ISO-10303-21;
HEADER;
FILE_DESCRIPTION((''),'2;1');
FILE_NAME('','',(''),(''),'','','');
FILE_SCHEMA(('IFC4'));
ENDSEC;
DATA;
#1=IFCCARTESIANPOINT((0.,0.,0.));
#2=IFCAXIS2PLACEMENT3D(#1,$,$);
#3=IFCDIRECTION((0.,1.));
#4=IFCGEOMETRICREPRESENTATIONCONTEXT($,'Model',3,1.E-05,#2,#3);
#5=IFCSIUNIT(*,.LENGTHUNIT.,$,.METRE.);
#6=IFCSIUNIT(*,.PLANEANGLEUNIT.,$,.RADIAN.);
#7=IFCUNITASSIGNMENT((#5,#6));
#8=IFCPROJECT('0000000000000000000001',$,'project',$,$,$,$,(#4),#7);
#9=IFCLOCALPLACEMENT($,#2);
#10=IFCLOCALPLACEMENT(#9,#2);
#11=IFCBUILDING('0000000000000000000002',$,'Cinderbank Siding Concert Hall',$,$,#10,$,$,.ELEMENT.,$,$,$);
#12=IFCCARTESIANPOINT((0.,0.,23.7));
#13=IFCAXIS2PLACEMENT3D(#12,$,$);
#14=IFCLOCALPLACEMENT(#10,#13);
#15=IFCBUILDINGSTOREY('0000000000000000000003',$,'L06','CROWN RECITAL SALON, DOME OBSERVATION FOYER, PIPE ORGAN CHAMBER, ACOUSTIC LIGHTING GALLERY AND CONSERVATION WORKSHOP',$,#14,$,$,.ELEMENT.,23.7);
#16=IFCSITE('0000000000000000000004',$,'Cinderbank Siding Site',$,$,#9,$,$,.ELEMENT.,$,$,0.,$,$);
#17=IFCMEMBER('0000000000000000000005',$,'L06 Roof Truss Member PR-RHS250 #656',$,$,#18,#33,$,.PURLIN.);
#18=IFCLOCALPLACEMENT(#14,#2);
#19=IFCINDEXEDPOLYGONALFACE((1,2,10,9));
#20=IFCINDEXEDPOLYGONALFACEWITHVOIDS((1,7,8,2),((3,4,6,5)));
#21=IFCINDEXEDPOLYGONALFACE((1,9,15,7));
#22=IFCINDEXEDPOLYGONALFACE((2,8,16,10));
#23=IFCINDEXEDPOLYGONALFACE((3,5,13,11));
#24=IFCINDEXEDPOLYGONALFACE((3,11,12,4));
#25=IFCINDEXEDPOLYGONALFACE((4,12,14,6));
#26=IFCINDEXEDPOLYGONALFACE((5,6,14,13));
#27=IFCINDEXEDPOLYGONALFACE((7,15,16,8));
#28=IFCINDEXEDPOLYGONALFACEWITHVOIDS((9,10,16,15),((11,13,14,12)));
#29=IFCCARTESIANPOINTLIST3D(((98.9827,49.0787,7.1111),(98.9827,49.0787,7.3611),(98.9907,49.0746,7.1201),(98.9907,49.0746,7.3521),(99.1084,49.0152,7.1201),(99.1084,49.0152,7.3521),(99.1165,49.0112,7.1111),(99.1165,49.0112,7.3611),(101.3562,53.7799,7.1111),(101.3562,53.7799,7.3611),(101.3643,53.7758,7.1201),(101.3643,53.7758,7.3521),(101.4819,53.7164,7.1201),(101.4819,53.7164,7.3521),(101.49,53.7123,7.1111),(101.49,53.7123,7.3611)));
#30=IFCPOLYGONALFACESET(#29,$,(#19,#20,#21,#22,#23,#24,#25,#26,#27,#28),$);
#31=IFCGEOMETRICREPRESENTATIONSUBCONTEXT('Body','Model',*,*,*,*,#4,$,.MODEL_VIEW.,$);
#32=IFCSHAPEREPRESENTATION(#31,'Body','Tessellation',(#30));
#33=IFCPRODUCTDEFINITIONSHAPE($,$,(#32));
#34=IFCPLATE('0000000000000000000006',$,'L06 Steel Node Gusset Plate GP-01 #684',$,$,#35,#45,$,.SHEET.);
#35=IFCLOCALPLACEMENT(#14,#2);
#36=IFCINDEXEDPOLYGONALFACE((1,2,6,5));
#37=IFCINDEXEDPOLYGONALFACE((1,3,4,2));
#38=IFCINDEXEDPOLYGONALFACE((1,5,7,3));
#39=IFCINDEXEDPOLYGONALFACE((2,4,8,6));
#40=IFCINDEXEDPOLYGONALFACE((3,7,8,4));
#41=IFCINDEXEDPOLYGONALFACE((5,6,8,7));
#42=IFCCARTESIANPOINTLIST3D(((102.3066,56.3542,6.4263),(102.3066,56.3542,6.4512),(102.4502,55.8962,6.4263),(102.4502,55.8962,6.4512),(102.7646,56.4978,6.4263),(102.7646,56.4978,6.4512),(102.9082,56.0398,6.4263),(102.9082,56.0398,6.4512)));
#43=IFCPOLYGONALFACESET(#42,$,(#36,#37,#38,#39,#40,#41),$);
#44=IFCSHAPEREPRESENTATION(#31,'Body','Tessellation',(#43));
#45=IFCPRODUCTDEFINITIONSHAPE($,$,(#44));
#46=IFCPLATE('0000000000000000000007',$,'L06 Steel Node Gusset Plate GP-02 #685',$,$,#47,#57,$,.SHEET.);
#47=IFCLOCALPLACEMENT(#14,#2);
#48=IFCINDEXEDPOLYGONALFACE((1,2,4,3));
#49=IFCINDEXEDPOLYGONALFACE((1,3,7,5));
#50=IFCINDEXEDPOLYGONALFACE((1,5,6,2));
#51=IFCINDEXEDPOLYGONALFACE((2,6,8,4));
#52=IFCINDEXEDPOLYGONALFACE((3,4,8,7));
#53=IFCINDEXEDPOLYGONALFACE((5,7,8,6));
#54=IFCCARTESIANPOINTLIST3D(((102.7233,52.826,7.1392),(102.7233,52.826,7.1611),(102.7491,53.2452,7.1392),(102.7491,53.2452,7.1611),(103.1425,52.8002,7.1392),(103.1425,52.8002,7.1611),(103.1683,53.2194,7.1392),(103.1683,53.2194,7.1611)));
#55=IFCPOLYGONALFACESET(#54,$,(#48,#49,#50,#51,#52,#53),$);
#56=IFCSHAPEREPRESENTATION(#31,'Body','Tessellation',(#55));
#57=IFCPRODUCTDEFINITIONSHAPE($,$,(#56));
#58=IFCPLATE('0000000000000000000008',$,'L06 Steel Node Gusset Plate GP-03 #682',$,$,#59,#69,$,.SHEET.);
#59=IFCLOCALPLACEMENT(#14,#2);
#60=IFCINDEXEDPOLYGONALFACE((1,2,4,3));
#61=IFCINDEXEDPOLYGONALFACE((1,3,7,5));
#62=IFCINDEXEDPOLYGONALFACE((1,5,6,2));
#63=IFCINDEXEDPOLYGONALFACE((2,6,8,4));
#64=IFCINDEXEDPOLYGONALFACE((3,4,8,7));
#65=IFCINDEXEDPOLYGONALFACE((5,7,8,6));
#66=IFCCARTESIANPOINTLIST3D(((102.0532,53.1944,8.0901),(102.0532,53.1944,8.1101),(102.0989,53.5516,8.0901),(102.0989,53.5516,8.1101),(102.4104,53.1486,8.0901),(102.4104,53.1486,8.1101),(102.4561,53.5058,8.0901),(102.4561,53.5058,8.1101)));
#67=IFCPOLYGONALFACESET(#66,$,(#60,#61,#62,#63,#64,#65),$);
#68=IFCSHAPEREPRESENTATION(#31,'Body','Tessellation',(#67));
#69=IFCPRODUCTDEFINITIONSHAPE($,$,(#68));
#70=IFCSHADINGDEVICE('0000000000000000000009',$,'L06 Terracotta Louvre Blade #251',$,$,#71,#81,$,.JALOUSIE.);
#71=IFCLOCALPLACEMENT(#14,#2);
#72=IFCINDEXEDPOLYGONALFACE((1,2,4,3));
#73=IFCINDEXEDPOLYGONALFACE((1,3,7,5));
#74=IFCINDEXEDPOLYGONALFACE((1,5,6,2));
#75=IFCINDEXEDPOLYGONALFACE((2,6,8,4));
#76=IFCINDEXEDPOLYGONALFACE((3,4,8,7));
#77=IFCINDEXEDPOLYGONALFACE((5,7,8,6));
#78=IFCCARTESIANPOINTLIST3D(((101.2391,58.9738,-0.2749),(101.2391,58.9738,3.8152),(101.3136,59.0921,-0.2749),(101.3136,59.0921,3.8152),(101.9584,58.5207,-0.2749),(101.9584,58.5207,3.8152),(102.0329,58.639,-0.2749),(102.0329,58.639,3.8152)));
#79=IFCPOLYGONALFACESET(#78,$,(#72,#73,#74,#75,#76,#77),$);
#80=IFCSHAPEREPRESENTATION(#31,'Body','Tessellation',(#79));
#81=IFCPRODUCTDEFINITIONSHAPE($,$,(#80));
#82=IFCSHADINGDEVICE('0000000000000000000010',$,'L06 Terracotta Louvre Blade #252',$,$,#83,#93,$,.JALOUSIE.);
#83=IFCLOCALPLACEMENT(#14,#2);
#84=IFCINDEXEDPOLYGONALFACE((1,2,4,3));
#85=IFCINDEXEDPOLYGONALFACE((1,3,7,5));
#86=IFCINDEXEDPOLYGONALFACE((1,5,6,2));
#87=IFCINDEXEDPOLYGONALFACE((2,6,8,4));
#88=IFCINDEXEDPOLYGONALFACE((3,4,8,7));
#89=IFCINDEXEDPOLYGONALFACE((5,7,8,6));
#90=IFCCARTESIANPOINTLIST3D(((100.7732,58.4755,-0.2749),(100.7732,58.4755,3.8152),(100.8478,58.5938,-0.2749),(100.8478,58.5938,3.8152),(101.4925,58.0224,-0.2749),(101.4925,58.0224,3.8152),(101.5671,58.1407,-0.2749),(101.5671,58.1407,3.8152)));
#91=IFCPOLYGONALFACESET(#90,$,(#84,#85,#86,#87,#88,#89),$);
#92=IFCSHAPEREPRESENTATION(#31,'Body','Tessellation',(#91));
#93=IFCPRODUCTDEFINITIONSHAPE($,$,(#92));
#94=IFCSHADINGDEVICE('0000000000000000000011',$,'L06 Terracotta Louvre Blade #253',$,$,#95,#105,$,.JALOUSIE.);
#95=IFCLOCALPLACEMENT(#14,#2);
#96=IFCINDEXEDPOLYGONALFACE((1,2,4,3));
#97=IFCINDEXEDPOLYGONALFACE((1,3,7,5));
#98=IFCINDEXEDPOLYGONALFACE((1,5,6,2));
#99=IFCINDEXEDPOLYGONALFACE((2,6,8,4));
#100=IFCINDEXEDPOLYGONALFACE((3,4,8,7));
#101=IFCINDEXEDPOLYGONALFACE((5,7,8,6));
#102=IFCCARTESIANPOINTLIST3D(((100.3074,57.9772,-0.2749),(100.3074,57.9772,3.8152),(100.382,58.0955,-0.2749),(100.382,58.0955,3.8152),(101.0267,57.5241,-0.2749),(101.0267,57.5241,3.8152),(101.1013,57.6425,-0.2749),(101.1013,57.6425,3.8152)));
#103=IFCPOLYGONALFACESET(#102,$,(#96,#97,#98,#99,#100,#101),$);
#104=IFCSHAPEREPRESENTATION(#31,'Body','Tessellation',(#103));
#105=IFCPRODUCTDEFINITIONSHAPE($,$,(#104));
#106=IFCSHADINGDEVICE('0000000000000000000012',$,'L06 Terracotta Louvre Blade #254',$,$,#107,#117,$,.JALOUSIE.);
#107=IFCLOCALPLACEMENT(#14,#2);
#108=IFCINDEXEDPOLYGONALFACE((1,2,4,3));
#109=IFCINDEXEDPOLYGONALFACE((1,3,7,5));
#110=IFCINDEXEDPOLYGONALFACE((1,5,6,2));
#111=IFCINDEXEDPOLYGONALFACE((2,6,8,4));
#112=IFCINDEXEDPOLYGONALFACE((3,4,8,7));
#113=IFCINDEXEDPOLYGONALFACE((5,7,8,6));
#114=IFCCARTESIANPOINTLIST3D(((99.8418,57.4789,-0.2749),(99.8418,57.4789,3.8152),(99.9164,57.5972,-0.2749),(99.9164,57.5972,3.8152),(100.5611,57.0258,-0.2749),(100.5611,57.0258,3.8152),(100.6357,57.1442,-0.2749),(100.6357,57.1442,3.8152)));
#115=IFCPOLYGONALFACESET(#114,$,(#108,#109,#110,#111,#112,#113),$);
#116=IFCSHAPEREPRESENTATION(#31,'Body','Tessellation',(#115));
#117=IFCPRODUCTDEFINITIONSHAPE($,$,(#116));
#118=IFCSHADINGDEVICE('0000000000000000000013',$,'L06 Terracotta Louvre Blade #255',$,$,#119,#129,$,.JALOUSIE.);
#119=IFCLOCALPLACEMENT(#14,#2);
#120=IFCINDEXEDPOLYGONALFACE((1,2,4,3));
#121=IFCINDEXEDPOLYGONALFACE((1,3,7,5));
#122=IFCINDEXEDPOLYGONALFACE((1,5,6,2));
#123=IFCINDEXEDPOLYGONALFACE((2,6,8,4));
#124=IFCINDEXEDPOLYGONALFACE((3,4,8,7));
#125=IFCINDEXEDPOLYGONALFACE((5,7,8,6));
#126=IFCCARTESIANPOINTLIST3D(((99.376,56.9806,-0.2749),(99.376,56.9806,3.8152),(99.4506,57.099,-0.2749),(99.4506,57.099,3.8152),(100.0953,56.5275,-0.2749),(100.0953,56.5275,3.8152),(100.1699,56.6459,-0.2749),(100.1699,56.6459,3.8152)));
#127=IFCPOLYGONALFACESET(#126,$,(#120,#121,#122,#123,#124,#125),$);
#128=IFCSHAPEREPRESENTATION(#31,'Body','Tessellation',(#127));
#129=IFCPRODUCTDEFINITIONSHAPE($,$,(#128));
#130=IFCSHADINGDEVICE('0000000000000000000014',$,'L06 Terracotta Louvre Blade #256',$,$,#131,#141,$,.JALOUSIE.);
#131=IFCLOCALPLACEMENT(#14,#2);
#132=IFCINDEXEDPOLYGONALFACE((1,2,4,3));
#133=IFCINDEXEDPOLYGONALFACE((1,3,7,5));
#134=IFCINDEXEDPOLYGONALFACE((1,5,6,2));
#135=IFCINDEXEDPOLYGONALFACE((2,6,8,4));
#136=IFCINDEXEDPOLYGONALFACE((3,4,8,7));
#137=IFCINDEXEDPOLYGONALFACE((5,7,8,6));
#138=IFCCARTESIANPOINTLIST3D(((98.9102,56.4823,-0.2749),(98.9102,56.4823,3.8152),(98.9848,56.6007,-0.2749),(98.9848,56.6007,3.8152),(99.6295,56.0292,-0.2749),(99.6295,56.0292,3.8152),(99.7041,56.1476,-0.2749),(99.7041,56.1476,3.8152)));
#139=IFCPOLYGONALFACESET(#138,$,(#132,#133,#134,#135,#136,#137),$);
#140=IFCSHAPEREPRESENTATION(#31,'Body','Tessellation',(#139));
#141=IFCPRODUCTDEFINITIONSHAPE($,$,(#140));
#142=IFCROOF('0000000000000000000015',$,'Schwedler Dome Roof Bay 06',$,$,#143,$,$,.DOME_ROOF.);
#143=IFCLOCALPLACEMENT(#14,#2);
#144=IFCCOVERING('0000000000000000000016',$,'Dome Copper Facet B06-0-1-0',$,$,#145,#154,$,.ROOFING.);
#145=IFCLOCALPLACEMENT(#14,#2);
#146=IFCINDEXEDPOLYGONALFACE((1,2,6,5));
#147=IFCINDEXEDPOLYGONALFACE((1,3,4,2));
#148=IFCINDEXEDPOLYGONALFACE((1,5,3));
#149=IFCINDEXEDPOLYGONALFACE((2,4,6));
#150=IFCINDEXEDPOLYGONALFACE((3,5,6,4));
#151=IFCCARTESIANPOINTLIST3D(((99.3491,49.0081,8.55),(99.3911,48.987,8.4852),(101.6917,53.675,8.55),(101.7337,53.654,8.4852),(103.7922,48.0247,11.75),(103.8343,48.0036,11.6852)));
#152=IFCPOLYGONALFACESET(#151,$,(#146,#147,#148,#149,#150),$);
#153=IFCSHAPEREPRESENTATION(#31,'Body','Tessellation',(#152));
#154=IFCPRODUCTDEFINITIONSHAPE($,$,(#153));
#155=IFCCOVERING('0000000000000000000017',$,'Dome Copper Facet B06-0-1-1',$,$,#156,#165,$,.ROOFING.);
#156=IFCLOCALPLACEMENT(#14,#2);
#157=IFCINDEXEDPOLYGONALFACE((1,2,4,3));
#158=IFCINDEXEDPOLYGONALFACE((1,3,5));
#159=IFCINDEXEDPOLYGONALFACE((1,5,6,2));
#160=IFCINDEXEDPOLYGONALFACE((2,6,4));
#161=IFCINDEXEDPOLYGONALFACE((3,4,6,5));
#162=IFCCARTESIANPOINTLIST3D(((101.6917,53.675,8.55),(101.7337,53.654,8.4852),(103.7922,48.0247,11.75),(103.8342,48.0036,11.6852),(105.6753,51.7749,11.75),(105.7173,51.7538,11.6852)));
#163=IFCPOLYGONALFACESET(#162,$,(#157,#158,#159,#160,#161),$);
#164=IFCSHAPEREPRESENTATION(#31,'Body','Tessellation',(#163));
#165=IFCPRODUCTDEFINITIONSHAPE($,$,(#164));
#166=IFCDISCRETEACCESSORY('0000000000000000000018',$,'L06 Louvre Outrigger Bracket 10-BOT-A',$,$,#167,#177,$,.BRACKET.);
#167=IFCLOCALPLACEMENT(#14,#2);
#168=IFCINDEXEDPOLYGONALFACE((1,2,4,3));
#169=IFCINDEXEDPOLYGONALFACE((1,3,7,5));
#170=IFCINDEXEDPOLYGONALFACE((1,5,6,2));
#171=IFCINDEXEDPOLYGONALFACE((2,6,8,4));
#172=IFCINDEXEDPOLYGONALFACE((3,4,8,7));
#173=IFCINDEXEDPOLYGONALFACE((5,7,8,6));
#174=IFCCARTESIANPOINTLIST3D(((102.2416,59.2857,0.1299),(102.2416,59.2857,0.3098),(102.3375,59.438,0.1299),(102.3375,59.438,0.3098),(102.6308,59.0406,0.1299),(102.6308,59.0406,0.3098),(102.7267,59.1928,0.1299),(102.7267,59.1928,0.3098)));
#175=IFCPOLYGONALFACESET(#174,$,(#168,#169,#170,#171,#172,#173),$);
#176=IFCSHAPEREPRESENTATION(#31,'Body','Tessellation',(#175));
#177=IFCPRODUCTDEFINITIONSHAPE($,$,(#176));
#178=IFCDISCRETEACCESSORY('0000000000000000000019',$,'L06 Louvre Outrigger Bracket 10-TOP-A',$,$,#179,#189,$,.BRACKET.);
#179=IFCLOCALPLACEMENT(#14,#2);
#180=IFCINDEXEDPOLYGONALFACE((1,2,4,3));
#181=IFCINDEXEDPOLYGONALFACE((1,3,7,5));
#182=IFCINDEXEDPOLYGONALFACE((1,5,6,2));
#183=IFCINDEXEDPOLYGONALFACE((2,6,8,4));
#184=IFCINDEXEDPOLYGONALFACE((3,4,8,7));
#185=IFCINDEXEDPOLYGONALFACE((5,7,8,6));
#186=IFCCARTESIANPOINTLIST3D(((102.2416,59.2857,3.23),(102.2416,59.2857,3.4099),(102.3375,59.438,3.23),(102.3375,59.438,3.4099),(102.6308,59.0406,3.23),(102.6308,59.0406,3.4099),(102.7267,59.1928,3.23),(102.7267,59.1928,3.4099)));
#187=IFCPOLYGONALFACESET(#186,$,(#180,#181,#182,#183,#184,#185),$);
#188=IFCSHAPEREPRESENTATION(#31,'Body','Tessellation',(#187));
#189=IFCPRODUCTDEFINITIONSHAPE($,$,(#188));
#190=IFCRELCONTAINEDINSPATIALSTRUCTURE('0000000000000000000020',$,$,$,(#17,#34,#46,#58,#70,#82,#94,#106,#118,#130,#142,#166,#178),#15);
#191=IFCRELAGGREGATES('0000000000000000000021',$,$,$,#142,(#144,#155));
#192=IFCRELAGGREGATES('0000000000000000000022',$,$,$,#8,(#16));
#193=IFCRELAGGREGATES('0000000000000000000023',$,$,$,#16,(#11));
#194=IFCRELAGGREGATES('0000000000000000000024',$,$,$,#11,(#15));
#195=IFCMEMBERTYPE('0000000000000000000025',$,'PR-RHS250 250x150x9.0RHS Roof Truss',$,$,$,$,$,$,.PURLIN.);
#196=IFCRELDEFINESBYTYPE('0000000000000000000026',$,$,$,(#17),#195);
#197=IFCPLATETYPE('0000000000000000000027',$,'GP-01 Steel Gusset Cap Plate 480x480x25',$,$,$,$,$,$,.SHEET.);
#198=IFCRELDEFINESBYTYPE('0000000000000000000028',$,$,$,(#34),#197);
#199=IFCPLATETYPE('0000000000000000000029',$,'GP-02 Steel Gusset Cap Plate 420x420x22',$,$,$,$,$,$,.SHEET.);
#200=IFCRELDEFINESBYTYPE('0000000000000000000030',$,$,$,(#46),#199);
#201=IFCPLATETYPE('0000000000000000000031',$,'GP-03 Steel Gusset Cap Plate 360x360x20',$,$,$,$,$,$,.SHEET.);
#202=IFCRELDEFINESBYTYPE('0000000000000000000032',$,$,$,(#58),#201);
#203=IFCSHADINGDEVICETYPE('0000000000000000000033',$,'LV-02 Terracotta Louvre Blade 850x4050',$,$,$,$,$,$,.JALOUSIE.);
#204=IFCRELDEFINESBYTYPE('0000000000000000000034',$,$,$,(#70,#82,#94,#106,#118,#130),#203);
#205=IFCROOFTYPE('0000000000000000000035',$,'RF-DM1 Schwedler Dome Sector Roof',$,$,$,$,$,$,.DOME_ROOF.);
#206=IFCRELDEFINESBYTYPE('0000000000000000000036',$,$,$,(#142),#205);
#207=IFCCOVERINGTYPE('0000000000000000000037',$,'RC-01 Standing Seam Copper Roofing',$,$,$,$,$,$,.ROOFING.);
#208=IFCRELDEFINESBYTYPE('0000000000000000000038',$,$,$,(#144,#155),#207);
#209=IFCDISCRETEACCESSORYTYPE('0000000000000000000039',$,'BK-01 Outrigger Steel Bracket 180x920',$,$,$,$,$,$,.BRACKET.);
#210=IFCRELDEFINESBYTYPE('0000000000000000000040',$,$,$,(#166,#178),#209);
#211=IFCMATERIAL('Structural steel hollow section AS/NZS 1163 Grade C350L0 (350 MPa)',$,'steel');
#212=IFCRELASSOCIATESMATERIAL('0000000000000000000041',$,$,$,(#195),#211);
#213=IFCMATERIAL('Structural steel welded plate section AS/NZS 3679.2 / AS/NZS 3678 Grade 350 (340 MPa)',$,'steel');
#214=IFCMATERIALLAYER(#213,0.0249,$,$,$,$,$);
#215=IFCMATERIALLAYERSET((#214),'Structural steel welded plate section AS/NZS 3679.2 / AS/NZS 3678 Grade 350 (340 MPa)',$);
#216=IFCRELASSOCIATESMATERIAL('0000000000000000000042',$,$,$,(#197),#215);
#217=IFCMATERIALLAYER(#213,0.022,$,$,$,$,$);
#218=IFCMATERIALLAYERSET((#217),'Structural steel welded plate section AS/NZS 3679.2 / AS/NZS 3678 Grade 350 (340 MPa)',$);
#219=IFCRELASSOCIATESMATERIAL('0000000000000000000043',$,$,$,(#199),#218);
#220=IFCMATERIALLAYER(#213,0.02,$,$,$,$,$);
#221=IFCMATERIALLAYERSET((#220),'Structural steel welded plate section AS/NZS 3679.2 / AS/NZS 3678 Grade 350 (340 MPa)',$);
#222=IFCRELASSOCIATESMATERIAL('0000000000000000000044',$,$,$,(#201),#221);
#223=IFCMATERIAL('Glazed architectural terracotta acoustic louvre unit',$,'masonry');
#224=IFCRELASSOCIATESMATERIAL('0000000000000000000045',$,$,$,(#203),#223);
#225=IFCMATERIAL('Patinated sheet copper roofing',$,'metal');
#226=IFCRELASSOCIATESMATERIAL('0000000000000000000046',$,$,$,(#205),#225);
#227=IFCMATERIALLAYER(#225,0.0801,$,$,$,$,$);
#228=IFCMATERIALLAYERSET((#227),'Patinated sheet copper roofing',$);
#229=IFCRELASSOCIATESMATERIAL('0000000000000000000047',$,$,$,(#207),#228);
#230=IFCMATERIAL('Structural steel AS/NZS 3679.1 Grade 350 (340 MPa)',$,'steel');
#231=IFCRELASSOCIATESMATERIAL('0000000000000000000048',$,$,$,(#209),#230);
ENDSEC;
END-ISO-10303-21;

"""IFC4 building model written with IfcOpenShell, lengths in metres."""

from ifc_helpers import new_model, si_unit, direction, frame, origin, origin_2d, place, context, subcontext, project, spatial, polyline, rectangle, hollow_rectangle, outline, extrude, material, layer, layer_set, material_profile, profile_set, type_object, element, aggregate, save


model = new_model("IFC4")

# Units and contexts
model_context = context("Model", 3, precision=1e-05, world=origin(), true_north=direction((0.0, 1.0)))
body_context = subcontext(model_context, "Body", "Model", "MODEL_VIEW")
ifc_project = project(units=[si_unit("LENGTHUNIT", "METRE"), si_unit("PLANEANGLEUNIT", "RADIAN")], contexts=[model_context])

# Site, building, storey
site_placement = place(None, origin())
site = spatial("IfcSite", under=ifc_project, at=site_placement, Name="Cinderbank Siding Site", CompositionType="ELEMENT", RefElevation=0.0)
building_placement = place(site_placement, origin())
building = spatial("IfcBuilding", under=site, at=building_placement, Name="Cinderbank Siding Concert Hall", CompositionType="ELEMENT")
storey_placement = place(building_placement, frame((0.0, 0.0, 23.7)))
storey = spatial("IfcBuildingStorey", under=building, at=storey_placement, Name="L06", Description="CROWN RECITAL SALON, DOME OBSERVATION FOYER, PIPE ORGAN CHAMBER, ACOUSTIC LIGHTING GALLERY AND CONSERVATION WORKSHOP", CompositionType="ELEMENT", Elevation=23.7)

# Shared definitions
ifc_material_1 = material(Name="Structural steel welded plate section AS/NZS 3679.2 / AS/NZS 3678 Grade 350 (340 MPa)", Category="steel")

# Member
ifc_material_2 = material(Name="Structural steel hollow section AS/NZS 1163 Grade C350L0 (350 MPa)", Category="steel")
ifc_material_profile_1 = material_profile(ifc_material_2, hollow_rectangle(XDim=0.1499, YDim=0.25, WallThickness=0.009, at=origin_2d()), Name="250x150x9.0RHS", Category="LoadBearing")
ifc_profile_set_1 = profile_set([ifc_material_profile_1], Name="Structural steel hollow section AS/NZS 1163 Grade C350L0 (350 MPa)")
member_type_1 = type_object("IfcMemberType", Name="PR-RHS250 250x150x9.0RHS Roof Truss", PredefinedType="PURLIN", material=ifc_profile_set_1)
member_1_placement = place(storey_placement, frame((101.4231, 53.7461, 7.2361), z_axis=(-0.450696, -0.892677, 0.0), x_axis=(0.892677, -0.450696, 0.0)))
element("IfcMember", 1, at=member_1_placement, inside=storey, type_object=member_type_1, Name="L06 Roof Truss Member PR-RHS250 #656", PredefinedType="PURLIN", context=body_context, shape_type="SweptSolid", body=[
    extrude(hollow_rectangle(XDim=0.1499, YDim=0.25, WallThickness=0.009, at=origin_2d()), origin(), (0.0, 0.0, 1.0), 5.2664),
])

# Plates
ifc_layer_1 = layer(ifc_material_1, 0.0249)
ifc_layer_set_1 = layer_set([ifc_layer_1], Name="Structural steel welded plate section AS/NZS 3679.2 / AS/NZS 3678 Grade 350 (340 MPa)")
plate_type_1 = type_object("IfcPlateType", Name="GP-01 Steel Gusset Cap Plate 480x480x25", PredefinedType="SHEET", material=ifc_layer_set_1)
plate_1_placement = place(storey_placement, frame((102.6074, 56.197, 6.4263), z_axis=(0.0, 0.0, 1.0), x_axis=(0.954188, 0.299207, 0.0)))
element("IfcPlate", 2, at=plate_1_placement, inside=storey, type_object=plate_type_1, Name="L06 Steel Node Gusset Plate GP-01 #684", PredefinedType="SHEET", context=body_context, shape_type="SweptSolid", body=[
    extrude(rectangle(XDim=0.48, YDim=0.48, at=origin_2d()), origin(), (0.0, 0.0, 1.0), 0.0249),
])
ifc_layer_2 = layer(ifc_material_1, 0.022)
ifc_layer_set_2 = layer_set([ifc_layer_2], Name="Structural steel welded plate section AS/NZS 3679.2 / AS/NZS 3678 Grade 350 (340 MPa)")
plate_type_2 = type_object("IfcPlateType", Name="GP-02 Steel Gusset Cap Plate 420x420x22", PredefinedType="SHEET", material=ifc_layer_set_2)
plate_2_placement = place(storey_placement, frame((102.9458, 53.0227, 7.1392), z_axis=(0.0, 0.0, 1.0), x_axis=(-0.061397, -0.998113, 0.0)))
element("IfcPlate", 3, at=plate_2_placement, inside=storey, type_object=plate_type_2, Name="L06 Steel Node Gusset Plate GP-02 #685", PredefinedType="SHEET", context=body_context, shape_type="SweptSolid", body=[
    extrude(rectangle(XDim=0.4199, YDim=0.4199, at=origin_2d()), origin(), (0.0, 0.0, 1.0), 0.022),
])
ifc_layer_3 = layer(ifc_material_1, 0.02)
ifc_layer_set_3 = layer_set([ifc_layer_3], Name="Structural steel welded plate section AS/NZS 3679.2 / AS/NZS 3678 Grade 350 (340 MPa)")
plate_type_3 = type_object("IfcPlateType", Name="GP-03 Steel Gusset Cap Plate 360x360x20", PredefinedType="SHEET", material=ifc_layer_set_3)
plate_3_placement = place(storey_placement, frame((102.2546, 53.3501, 8.0901), z_axis=(0.0, 0.0, 1.0), x_axis=(-0.127065, -0.991894, 0.0)))
element("IfcPlate", 4, at=plate_3_placement, inside=storey, type_object=plate_type_3, Name="L06 Steel Node Gusset Plate GP-03 #682", PredefinedType="SHEET", context=body_context, shape_type="SweptSolid", body=[
    extrude(rectangle(XDim=0.3601, YDim=0.3601, at=origin_2d()), origin(), (0.0, 0.0, 1.0), 0.02),
])

# Shading devices
ifc_material_3 = material(Name="Glazed architectural terracotta acoustic louvre unit", Category="masonry")
shading_device_type = type_object("IfcShadingDeviceType", Name="LV-02 Terracotta Louvre Blade 850x4050", PredefinedType="JALOUSIE", material=ifc_material_3)
for number, where, z_axis, x_axis, name in (
    (5, (101.636, 58.8064, -0.2749), (0.0, 0.0, 1.0), (-0.846132, 0.532973, 0.0), "L06 Terracotta Louvre Blade #251"),
    (6, (101.1702, 58.3081, -0.2749), (0.0, 0.0, 1.0), (-0.846132, 0.532973, 0.0), "L06 Terracotta Louvre Blade #252"),
    (7, (100.7043, 57.8098, -0.2749), (0.0, 0.0, 1.0), (-0.846132, 0.532973, 0.0), "L06 Terracotta Louvre Blade #253"),
    (8, (100.2388, 57.3115, -0.2749), (0.0, 0.0, 1.0), (-0.846132, 0.532973, 0.0), "L06 Terracotta Louvre Blade #254"),
    (9, (99.7729, 56.8132, -0.2749), (0.0, 0.0, 1.0), (-0.846132, 0.532973, 0.0), "L06 Terracotta Louvre Blade #255"),
    (10, (99.3071, 56.3149, -0.2749), (0.0, 0.0, 1.0), (-0.846132, 0.532973, 0.0), "L06 Terracotta Louvre Blade #256"),
):
    element("IfcShadingDevice", number, at=place(storey_placement, frame(where, z_axis=z_axis, x_axis=x_axis)), inside=storey, type_object=shading_device_type, Name=name, PredefinedType="JALOUSIE", context=body_context, shape_type="SweptSolid", body=[
        extrude(rectangle(XDim=0.8501, YDim=0.1399, at=origin_2d()), origin(), (0.0, 0.0, 1.0), 4.0901),
    ])

# Roof, coverings
ifc_material_4 = material(Name="Patinated sheet copper roofing", Category="metal")
roof_type = type_object("IfcRoofType", Name="RF-DM1 Schwedler Dome Sector Roof", PredefinedType="DOME_ROOF", material=ifc_material_4)
roof_placement = place(storey_placement, origin())
roof = element("IfcRoof", 11, at=roof_placement, inside=storey, type_object=roof_type, Name="Schwedler Dome Roof Bay 06", PredefinedType="DOME_ROOF")
ifc_layer_4 = layer(ifc_material_4, 0.0801)
ifc_layer_set_4 = layer_set([ifc_layer_4], Name="Patinated sheet copper roofing")
covering_type = type_object("IfcCoveringType", Name="RC-01 Standing Seam Copper Roofing", PredefinedType="ROOFING", material=ifc_layer_set_4)
covering_1_placement = place(storey_placement, frame((101.6917, 53.675, 8.55), z_axis=(-0.524719, 0.263375, 0.809509), x_axis=(-0.448597, -0.893734, 0.0)))
covering_1 = element("IfcCovering", 12, at=covering_1_placement, type_object=covering_type, Name="Dome Copper Facet B06-0-1-0", PredefinedType="ROOFING", context=body_context, shape_type="SweptSolid", body=[
    extrude(outline(polyline([(0.0, 0.0), (5.2219, 0.0), (4.1076, 5.4504), (0.0, 0.0)])), origin(), (0.0, 0.0, -1.0), 0.0801),
])
covering_2_placement = place(storey_placement, frame((101.6917, 53.675, 8.55), z_axis=(-0.524635, 0.263427, 0.809546), x_axis=(0.307783, -0.82791, 0.468865)))
covering_2 = element("IfcCovering", 13, at=covering_2_placement, type_object=covering_type, Name="Dome Copper Facet B06-0-1-1", PredefinedType="ROOFING", context=body_context, shape_type="SweptSolid", body=[
    extrude(outline(polyline([(0.0, 0.0), (6.8249, 0.0), (4.2996, 3.3516), (0.0, 0.0)])), origin(), (0.0, 0.0, -1.0), 0.0801),
])
aggregate(roof, [covering_1, covering_2])

# Discrete accessories
ifc_material_5 = material(Name="Structural steel AS/NZS 3679.1 Grade 350 (340 MPa)", Category="steel")
discrete_accessory_type = type_object("IfcDiscreteAccessoryType", Name="BK-01 Outrigger Steel Bracket 180x920", PredefinedType="BRACKET", material=ifc_material_5)
for number, where, z_axis, x_axis, name in (
    (14, (102.4841, 59.2393, 0.1299), (0.0, 0.0, 1.0), (-0.846132, 0.532973, 0.0), "L06 Louvre Outrigger Bracket 10-BOT-A"),
    (15, (102.4841, 59.2393, 3.23), (0.0, 0.0, 1.0), (-0.846132, 0.532973, 0.0), "L06 Louvre Outrigger Bracket 10-TOP-A"),
):
    element("IfcDiscreteAccessory", number, at=place(storey_placement, frame(where, z_axis=z_axis, x_axis=x_axis)), inside=storey, type_object=discrete_accessory_type, Name=name, PredefinedType="BRACKET", context=body_context, shape_type="SweptSolid", body=[
        extrude(rectangle(XDim=0.46, YDim=0.1799, at=origin_2d()), origin(), (0.0, 0.0, 1.0), 0.1799),
    ])

save(model, "model.ifc")
